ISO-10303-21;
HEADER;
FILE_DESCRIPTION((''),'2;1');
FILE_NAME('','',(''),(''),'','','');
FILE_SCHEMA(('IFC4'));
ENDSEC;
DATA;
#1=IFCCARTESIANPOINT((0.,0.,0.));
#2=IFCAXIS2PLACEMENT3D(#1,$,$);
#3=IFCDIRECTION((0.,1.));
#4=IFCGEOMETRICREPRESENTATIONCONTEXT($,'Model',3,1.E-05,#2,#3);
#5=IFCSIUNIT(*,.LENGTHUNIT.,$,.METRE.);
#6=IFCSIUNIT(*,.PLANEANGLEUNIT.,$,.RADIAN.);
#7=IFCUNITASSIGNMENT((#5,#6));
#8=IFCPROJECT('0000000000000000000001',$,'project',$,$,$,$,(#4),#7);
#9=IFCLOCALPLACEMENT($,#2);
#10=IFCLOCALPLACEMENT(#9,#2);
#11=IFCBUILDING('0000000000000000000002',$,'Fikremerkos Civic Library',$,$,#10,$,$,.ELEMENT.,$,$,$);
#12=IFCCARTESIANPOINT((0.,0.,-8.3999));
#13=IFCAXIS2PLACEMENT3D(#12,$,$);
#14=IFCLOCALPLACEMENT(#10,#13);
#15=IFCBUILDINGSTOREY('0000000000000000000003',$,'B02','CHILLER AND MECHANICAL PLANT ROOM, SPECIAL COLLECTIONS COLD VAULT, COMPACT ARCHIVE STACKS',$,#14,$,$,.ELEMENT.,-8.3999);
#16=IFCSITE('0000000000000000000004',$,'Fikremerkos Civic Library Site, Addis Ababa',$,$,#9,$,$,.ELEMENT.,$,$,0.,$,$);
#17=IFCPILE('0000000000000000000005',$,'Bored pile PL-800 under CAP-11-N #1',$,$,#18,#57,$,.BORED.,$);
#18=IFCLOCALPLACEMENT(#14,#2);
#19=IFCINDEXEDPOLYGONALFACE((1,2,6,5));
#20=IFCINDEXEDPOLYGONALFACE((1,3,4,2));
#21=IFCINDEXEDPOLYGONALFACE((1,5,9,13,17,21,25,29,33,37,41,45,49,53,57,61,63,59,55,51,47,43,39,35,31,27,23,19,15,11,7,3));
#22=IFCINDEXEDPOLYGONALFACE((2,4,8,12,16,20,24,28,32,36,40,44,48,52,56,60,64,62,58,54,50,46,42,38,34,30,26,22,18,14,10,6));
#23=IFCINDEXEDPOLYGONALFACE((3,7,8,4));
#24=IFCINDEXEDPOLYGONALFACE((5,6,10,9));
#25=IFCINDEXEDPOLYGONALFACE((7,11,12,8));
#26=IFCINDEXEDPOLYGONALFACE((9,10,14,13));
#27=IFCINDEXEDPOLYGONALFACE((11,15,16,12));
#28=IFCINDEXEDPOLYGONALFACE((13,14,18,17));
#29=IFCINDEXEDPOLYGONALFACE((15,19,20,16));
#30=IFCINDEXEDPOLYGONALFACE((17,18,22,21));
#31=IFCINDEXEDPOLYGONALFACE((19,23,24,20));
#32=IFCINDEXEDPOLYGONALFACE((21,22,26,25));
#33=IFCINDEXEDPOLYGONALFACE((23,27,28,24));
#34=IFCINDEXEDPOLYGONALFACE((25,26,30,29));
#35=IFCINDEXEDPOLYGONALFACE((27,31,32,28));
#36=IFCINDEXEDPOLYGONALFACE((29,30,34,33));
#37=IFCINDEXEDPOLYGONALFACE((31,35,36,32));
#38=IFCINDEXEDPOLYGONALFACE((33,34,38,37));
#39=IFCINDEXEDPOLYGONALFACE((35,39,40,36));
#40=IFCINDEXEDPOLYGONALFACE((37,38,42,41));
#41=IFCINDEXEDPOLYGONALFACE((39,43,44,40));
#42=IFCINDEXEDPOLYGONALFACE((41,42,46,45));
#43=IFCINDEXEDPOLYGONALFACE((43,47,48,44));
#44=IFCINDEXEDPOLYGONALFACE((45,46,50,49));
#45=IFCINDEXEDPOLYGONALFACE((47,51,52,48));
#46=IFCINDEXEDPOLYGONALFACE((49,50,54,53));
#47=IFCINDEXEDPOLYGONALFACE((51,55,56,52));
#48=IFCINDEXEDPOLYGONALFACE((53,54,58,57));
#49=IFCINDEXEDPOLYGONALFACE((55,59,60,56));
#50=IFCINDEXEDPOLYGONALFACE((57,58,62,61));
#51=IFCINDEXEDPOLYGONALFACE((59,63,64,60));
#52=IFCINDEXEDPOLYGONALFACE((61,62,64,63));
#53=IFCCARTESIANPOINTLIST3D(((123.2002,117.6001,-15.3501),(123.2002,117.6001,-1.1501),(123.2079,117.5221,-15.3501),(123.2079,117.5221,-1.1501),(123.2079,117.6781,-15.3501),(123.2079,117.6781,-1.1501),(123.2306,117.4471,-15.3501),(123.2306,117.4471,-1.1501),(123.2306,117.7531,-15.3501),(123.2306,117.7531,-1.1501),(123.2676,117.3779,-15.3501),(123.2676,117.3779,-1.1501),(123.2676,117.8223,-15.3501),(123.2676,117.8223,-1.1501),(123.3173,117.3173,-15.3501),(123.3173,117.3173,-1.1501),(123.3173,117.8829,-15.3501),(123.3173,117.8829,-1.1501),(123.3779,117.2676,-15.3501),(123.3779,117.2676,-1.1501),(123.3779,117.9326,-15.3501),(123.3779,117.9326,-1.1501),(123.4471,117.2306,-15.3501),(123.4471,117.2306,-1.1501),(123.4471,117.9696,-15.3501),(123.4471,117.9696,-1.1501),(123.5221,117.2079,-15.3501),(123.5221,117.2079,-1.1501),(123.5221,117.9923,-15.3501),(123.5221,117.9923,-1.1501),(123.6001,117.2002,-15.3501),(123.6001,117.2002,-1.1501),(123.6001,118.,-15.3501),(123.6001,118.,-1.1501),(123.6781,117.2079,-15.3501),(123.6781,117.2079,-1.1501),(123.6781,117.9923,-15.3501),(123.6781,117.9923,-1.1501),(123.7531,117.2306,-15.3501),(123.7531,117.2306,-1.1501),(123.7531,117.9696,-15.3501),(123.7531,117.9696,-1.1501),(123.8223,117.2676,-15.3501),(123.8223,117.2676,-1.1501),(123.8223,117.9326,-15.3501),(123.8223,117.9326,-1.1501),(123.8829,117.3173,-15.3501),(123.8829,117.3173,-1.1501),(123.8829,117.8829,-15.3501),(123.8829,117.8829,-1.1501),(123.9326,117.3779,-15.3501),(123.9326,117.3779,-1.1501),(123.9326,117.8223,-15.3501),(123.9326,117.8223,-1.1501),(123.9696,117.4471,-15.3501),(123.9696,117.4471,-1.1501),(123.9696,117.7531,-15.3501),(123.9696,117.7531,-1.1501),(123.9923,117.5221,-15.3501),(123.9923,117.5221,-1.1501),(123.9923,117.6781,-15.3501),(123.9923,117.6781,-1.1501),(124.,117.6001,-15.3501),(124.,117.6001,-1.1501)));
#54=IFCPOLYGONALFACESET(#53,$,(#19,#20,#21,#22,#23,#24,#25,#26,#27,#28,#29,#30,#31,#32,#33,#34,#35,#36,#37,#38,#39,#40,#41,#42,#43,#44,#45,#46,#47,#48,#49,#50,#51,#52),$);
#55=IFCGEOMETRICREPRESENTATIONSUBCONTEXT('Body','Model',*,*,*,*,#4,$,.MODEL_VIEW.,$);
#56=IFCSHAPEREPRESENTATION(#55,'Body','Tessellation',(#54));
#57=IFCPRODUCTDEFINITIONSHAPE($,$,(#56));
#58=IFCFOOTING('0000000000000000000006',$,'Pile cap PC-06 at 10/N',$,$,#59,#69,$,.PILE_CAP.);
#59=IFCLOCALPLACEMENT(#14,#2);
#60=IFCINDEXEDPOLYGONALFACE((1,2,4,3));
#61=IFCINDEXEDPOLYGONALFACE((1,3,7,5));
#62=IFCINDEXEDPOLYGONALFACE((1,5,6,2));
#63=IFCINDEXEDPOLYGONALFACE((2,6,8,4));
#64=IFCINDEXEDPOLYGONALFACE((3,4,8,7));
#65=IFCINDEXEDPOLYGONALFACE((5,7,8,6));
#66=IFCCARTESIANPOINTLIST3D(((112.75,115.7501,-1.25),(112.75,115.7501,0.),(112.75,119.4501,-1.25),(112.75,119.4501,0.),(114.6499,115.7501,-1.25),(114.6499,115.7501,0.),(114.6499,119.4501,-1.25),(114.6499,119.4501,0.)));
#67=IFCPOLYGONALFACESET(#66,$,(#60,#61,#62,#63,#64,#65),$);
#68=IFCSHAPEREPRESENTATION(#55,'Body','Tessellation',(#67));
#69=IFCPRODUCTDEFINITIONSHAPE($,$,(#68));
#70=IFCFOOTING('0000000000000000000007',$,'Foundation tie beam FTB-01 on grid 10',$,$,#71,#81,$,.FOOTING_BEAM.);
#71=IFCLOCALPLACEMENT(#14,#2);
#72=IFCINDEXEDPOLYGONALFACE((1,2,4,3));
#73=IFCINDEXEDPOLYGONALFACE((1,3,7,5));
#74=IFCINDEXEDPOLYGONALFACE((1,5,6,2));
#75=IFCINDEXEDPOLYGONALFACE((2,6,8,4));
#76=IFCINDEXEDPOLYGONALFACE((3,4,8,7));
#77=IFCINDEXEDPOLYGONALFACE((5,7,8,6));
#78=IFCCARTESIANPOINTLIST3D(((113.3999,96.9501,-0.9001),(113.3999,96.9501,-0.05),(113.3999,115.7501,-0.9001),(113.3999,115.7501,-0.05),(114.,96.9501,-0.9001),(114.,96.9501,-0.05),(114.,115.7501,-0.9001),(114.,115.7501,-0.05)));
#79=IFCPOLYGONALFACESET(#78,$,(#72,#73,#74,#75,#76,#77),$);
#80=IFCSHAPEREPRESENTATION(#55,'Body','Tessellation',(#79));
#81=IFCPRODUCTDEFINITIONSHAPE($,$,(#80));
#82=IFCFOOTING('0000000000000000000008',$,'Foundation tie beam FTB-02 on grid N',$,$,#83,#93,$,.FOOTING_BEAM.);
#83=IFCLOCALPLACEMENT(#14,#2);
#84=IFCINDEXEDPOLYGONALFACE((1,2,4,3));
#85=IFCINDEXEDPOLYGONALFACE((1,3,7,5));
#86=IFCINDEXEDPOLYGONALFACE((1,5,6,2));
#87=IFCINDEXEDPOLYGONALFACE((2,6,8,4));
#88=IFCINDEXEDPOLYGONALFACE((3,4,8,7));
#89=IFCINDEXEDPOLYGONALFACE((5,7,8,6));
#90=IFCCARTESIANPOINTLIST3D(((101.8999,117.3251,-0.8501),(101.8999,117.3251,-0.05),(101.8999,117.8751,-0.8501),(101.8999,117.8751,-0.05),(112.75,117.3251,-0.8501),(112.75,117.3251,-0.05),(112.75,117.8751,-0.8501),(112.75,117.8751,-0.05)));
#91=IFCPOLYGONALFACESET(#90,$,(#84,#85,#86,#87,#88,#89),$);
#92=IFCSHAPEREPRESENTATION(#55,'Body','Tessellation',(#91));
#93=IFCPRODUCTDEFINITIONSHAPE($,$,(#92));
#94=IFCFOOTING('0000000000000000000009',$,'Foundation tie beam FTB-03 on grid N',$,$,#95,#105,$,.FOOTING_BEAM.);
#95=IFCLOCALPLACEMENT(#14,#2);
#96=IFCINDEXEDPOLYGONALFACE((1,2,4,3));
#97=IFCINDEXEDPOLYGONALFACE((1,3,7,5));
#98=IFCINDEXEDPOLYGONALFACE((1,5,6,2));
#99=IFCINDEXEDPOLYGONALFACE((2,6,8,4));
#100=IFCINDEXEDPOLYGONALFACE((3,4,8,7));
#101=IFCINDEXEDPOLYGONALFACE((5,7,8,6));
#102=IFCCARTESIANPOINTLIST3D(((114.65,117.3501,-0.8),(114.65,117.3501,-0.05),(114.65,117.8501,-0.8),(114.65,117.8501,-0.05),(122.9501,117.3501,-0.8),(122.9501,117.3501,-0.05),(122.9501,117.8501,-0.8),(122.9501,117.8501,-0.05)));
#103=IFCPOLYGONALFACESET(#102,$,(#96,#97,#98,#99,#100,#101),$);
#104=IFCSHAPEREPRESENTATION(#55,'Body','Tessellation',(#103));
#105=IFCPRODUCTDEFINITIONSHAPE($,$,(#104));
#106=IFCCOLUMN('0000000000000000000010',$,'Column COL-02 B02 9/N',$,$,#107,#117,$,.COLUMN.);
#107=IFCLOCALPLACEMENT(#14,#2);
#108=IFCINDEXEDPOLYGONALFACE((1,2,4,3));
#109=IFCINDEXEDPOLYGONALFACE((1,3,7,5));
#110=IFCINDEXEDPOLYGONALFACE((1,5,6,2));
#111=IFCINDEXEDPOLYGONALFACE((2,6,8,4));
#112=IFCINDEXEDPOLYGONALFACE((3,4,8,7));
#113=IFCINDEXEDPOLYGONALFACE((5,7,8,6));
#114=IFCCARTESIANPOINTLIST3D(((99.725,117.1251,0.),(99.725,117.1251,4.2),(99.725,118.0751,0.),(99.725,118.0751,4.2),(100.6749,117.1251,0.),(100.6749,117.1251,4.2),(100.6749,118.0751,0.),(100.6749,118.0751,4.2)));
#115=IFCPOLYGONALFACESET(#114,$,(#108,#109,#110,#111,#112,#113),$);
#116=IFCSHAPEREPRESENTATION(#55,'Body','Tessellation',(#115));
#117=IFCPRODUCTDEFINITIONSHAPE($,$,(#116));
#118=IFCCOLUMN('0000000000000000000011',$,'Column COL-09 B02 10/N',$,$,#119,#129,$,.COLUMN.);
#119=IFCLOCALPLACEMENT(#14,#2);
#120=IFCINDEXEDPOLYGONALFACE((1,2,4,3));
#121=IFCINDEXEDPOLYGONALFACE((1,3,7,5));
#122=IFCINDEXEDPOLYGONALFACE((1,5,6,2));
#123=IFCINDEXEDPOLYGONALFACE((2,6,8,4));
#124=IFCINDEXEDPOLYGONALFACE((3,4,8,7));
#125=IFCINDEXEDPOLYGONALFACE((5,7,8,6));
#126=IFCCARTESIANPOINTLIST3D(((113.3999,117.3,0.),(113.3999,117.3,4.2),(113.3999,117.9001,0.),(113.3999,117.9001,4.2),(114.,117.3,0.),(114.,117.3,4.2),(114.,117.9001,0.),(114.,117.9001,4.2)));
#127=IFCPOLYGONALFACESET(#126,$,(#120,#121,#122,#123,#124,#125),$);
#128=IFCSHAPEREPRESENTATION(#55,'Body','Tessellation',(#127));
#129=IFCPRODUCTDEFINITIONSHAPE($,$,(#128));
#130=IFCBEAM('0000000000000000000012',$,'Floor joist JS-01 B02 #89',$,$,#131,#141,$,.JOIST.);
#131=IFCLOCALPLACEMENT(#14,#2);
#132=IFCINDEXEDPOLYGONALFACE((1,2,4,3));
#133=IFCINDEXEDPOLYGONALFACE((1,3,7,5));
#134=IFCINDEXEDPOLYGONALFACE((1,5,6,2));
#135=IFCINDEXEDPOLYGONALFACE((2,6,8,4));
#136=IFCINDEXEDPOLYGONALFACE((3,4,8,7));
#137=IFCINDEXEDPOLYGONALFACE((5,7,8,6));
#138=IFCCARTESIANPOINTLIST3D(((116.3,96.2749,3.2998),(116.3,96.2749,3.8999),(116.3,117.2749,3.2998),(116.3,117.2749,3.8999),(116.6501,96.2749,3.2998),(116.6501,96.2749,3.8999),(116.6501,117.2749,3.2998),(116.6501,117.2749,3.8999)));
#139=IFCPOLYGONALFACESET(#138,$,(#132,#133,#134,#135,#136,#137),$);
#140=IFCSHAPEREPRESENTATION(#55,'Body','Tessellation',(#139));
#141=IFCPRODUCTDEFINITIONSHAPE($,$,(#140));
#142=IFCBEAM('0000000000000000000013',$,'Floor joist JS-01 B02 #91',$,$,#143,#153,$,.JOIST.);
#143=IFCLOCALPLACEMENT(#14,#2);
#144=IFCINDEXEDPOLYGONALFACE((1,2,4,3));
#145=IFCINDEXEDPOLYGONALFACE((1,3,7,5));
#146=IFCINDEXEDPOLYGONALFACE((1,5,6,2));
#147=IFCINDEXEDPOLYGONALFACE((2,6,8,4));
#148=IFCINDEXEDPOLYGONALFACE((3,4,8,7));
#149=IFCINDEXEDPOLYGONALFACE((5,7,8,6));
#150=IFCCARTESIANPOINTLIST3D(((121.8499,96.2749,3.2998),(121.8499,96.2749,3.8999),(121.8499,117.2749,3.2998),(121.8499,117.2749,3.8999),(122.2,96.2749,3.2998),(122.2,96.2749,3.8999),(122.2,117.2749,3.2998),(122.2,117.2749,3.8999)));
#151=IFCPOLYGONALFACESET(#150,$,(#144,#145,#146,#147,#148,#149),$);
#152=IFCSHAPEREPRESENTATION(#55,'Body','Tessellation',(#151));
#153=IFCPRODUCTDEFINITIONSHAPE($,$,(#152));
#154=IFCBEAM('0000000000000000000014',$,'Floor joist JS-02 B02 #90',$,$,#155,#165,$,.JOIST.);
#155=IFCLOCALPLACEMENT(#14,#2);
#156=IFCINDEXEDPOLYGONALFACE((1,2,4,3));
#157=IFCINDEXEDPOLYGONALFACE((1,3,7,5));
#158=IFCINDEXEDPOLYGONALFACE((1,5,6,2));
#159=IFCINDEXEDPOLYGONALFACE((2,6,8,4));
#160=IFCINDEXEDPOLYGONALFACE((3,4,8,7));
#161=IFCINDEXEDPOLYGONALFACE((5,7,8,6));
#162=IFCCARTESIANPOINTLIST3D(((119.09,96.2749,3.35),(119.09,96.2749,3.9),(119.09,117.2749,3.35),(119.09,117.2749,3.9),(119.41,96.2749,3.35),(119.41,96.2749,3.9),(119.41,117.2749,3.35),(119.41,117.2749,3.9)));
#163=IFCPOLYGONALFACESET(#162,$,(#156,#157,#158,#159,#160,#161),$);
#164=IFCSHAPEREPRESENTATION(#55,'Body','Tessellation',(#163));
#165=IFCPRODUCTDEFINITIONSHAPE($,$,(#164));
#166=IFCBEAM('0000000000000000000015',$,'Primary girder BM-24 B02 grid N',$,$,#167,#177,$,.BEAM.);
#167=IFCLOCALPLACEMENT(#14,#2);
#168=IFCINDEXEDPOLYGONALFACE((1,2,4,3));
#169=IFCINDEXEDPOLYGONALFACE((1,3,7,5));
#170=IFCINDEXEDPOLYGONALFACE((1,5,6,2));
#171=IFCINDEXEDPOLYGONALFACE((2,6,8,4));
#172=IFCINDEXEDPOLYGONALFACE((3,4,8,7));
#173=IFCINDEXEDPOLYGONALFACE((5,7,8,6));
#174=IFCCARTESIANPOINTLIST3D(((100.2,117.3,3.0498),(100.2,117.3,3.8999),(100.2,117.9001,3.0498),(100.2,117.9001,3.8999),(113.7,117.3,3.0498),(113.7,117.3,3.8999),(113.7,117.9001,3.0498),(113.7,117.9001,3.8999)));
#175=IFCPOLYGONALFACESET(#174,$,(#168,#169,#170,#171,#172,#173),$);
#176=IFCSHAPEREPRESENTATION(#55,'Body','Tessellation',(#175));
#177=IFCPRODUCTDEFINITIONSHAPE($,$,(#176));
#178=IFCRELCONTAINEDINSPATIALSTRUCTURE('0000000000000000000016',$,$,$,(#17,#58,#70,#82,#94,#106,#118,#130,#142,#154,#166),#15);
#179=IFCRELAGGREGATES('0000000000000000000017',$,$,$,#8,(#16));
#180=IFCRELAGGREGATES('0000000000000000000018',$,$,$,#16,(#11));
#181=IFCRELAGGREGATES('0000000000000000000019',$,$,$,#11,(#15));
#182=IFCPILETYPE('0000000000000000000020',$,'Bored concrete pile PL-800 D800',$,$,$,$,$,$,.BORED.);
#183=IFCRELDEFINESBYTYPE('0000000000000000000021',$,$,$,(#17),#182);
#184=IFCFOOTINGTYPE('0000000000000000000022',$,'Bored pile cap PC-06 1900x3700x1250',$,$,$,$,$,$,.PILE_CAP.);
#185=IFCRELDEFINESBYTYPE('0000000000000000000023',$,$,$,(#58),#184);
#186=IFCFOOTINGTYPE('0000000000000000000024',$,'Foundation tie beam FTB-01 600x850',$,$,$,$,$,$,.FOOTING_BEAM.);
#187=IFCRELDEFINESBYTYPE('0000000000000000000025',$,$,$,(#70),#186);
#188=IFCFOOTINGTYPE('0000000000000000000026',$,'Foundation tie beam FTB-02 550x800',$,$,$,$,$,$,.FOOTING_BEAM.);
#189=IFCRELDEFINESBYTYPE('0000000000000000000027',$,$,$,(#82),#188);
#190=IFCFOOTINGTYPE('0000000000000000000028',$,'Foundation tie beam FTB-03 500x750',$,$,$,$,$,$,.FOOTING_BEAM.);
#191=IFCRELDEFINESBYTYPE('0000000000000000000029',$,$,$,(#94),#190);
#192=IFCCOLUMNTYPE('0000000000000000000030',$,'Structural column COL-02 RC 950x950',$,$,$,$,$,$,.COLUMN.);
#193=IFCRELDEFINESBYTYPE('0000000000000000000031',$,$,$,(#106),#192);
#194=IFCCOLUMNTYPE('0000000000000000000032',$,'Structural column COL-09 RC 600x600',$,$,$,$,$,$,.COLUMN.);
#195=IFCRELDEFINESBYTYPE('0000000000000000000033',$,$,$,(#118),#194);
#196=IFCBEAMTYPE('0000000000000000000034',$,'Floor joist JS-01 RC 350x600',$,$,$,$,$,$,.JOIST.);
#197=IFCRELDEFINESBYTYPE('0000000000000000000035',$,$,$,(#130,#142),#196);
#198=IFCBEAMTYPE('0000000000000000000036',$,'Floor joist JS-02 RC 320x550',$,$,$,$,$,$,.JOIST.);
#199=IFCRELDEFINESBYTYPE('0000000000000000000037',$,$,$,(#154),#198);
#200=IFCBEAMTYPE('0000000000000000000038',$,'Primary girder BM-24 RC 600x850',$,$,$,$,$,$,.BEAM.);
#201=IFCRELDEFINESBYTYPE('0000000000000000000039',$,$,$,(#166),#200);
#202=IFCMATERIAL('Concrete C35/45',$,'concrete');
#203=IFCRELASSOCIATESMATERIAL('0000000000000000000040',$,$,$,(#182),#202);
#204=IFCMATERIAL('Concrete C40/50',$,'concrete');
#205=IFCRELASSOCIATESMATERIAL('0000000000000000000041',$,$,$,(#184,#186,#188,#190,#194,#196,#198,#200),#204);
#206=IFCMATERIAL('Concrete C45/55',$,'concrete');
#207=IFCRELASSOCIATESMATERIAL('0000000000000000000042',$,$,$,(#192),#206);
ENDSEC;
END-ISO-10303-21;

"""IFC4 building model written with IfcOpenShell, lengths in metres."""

from ifc_helpers import new_model, si_unit, direction, frame, origin, origin_2d, place, context, subcontext, project, spatial, rectangle, circle, extrude, material, material_profile, profile_set, type_object, element, save


model = new_model("IFC4")

# Units and contexts
model_context = context("Model", 3, precision=1e-05, world=origin(), true_north=direction((0.0, 1.0)))
body_context = subcontext(model_context, "Body", "Model", "MODEL_VIEW")
ifc_project = project(units=[si_unit("LENGTHUNIT", "METRE"), si_unit("PLANEANGLEUNIT", "RADIAN")], contexts=[model_context])

# Site, building, storey
site_placement = place(None, origin())
site = spatial("IfcSite", under=ifc_project, at=site_placement, Name="Fikremerkos Civic Library Site, Addis Ababa", CompositionType="ELEMENT", RefElevation=0.0)
building_placement = place(site_placement, origin())
building = spatial("IfcBuilding", under=site, at=building_placement, Name="Fikremerkos Civic Library", CompositionType="ELEMENT")
storey_placement = place(building_placement, frame((0.0, 0.0, -8.3999)))
storey = spatial("IfcBuildingStorey", under=building, at=storey_placement, Name="B02", Description="CHILLER AND MECHANICAL PLANT ROOM, SPECIAL COLLECTIONS COLD VAULT, COMPACT ARCHIVE STACKS", CompositionType="ELEMENT", Elevation=-8.3999)

# Pile
ifc_material_1 = material(Name="Concrete C35/45", Category="concrete")
ifc_material_profile_1 = material_profile(ifc_material_1, circle(Radius=0.3999, at=origin_2d()), Name="BORED PILE 800")
ifc_profile_set_1 = profile_set([ifc_material_profile_1], Name="Concrete C35/45")
pile_type_1 = type_object("IfcPileType", Name="Bored concrete pile PL-800 D800", PredefinedType="BORED", material=ifc_profile_set_1)
for number, where, z_axis, x_axis, name in (
    (1, (123.6001, 117.6001, -1.1501), (0.0, 0.0, -1.0), (1.0, 0.0, 0.0), "Bored pile PL-800 under CAP-11-N #1"),
):
    element("IfcPile", number, at=place(storey_placement, frame(where, z_axis=z_axis, x_axis=x_axis)), inside=storey, type_object=pile_type_1, Name=name, PredefinedType="BORED", context=body_context, shape_type="SweptSolid", body=[
        extrude(circle(Radius=0.3999, at=origin_2d()), origin(), (0.0, 0.0, 1.0), 14.2),
    ])

# Footings
ifc_material_2 = material(Name="Concrete C40/50", Category="concrete")
footing_type_1 = type_object("IfcFootingType", Name="Bored pile cap PC-06 1900x3700x1250", PredefinedType="PILE_CAP", material=ifc_material_2)
footing_1_placement = place(storey_placement, frame((113.7, 117.6001, -1.25), z_axis=(0.0, 0.0, 1.0), x_axis=(1.0, 0.0, 0.0)))
element("IfcFooting", 2, at=footing_1_placement, inside=storey, type_object=footing_type_1, Name="Pile cap PC-06 at 10/N", PredefinedType="PILE_CAP", context=body_context, shape_type="SweptSolid", body=[
    extrude(rectangle(XDim=1.8999, YDim=3.7, at=origin_2d()), origin(), (0.0, 0.0, 1.0), 1.25),
])
footing_type_2 = type_object("IfcFootingType", Name="Foundation tie beam FTB-01 600x850", PredefinedType="FOOTING_BEAM", material=ifc_material_2)
footing_2_placement = place(storey_placement, frame((113.7, 106.3501, -0.9001), z_axis=(0.0, 0.0, 1.0), x_axis=(0.0, 1.0, 0.0)))
element("IfcFooting", 3, at=footing_2_placement, inside=storey, type_object=footing_type_2, Name="Foundation tie beam FTB-01 on grid 10", PredefinedType="FOOTING_BEAM", context=body_context, shape_type="SweptSolid", body=[
    extrude(rectangle(XDim=18.8, YDim=0.6001, at=origin_2d()), origin(), (0.0, 0.0, 1.0), 0.8501),
])
footing_type_3 = type_object("IfcFootingType", Name="Foundation tie beam FTB-02 550x800", PredefinedType="FOOTING_BEAM", material=ifc_material_2)
footing_3_placement = place(storey_placement, frame((107.325, 117.6001, -0.8501), z_axis=(0.0, 0.0, 1.0), x_axis=(1.0, 0.0, 0.0)))
element("IfcFooting", 4, at=footing_3_placement, inside=storey, type_object=footing_type_3, Name="Foundation tie beam FTB-02 on grid N", PredefinedType="FOOTING_BEAM", context=body_context, shape_type="SweptSolid", body=[
    extrude(rectangle(XDim=10.8501, YDim=0.55, at=origin_2d()), origin(), (0.0, 0.0, 1.0), 0.8),
])
footing_type_4 = type_object("IfcFootingType", Name="Foundation tie beam FTB-03 500x750", PredefinedType="FOOTING_BEAM", material=ifc_material_2)
footing_4_placement = place(storey_placement, frame((118.8, 117.6001, -0.8), z_axis=(0.0, 0.0, 1.0), x_axis=(1.0, 0.0, 0.0)))
element("IfcFooting", 5, at=footing_4_placement, inside=storey, type_object=footing_type_4, Name="Foundation tie beam FTB-03 on grid N", PredefinedType="FOOTING_BEAM", context=body_context, shape_type="SweptSolid", body=[
    extrude(rectangle(XDim=8.3, YDim=0.5, at=origin_2d()), origin(), (0.0, 0.0, 1.0), 0.75),
])

# Columns
ifc_material_3 = material(Name="Concrete C45/55", Category="concrete")
ifc_material_profile_2 = material_profile(ifc_material_3, rectangle(XDim=0.95, YDim=0.95, at=origin_2d()), Name="RC 950x950")
ifc_profile_set_2 = profile_set([ifc_material_profile_2], Name="Concrete C45/55")
column_type_1 = type_object("IfcColumnType", Name="Structural column COL-02 RC 950x950", PredefinedType="COLUMN", material=ifc_profile_set_2)
column_1_placement = place(storey_placement, frame((100.2, 117.6001, 0.0), z_axis=(0.0, 0.0, 1.0), x_axis=(1.0, 0.0, 0.0)))
element("IfcColumn", 6, at=column_1_placement, inside=storey, type_object=column_type_1, Name="Column COL-02 B02 9/N", PredefinedType="COLUMN", context=body_context, shape_type="SweptSolid", body=[
    extrude(rectangle(XDim=0.95, YDim=0.95, at=origin_2d()), origin(), (0.0, 0.0, 1.0), 4.2),
])
ifc_material_profile_3 = material_profile(ifc_material_2, rectangle(XDim=0.6001, YDim=0.6001, at=origin_2d()), Name="RC 600x600")
ifc_profile_set_3 = profile_set([ifc_material_profile_3], Name="Concrete C40/50")
column_type_2 = type_object("IfcColumnType", Name="Structural column COL-09 RC 600x600", PredefinedType="COLUMN", material=ifc_profile_set_3)
column_2_placement = place(storey_placement, frame((113.7, 117.6001, 0.0), z_axis=(0.0, 0.0, 1.0), x_axis=(1.0, 0.0, 0.0)))
element("IfcColumn", 7, at=column_2_placement, inside=storey, type_object=column_type_2, Name="Column COL-09 B02 10/N", PredefinedType="COLUMN", context=body_context, shape_type="SweptSolid", body=[
    extrude(rectangle(XDim=0.6001, YDim=0.6001, at=origin_2d()), origin(), (0.0, 0.0, 1.0), 4.2),
])

# Beams
ifc_material_profile_4 = material_profile(ifc_material_2, rectangle(XDim=0.3501, YDim=0.6001, at=origin_2d()), Name="RC 350x600")
ifc_profile_set_4 = profile_set([ifc_material_profile_4], Name="Concrete C40/50")
beam_type_1 = type_object("IfcBeamType", Name="Floor joist JS-01 RC 350x600", PredefinedType="JOIST", material=ifc_profile_set_4)
for number, where, z_axis, x_axis, name in (
    (8, (116.4751, 96.2749, 3.5999), (0.0, 1.0, 0.0), (-1.0, 0.0, 0.0), "Floor joist JS-01 B02 #89"),
    (9, (122.0249, 96.2749, 3.5999), (0.0, 1.0, 0.0), (-1.0, 0.0, 0.0), "Floor joist JS-01 B02 #91"),
):
    element("IfcBeam", number, at=place(storey_placement, frame(where, z_axis=z_axis, x_axis=x_axis)), inside=storey, type_object=beam_type_1, Name=name, PredefinedType="JOIST", context=body_context, shape_type="SweptSolid", body=[
        extrude(rectangle(XDim=0.3501, YDim=0.6001, at=origin_2d()), origin(), (0.0, 0.0, 1.0), 21.0),
    ])
ifc_material_profile_5 = material_profile(ifc_material_2, rectangle(XDim=0.3201, YDim=0.55, at=origin_2d()), Name="RC 320x550")
ifc_profile_set_5 = profile_set([ifc_material_profile_5], Name="Concrete C40/50")
beam_type_2 = type_object("IfcBeamType", Name="Floor joist JS-02 RC 320x550", PredefinedType="JOIST", material=ifc_profile_set_5)
beam_1_placement = place(storey_placement, frame((119.25, 96.2749, 3.625), z_axis=(0.0, 1.0, 0.0), x_axis=(-1.0, 0.0, 0.0)))
element("IfcBeam", 10, at=beam_1_placement, inside=storey, type_object=beam_type_2, Name="Floor joist JS-02 B02 #90", PredefinedType="JOIST", context=body_context, shape_type="SweptSolid", body=[
    extrude(rectangle(XDim=0.3201, YDim=0.55, at=origin_2d()), origin(), (0.0, 0.0, 1.0), 21.0),
])
ifc_material_profile_6 = material_profile(ifc_material_2, rectangle(XDim=0.6001, YDim=0.8501, at=origin_2d()), Name="RC 600x850")
ifc_profile_set_6 = profile_set([ifc_material_profile_6], Name="Concrete C40/50")
beam_type_3 = type_object("IfcBeamType", Name="Primary girder BM-24 RC 600x850", PredefinedType="BEAM", material=ifc_profile_set_6)
beam_2_placement = place(storey_placement, frame((100.2, 117.6001, 3.4749), z_axis=(1.0, 0.0, 0.0), x_axis=(0.0, 1.0, 0.0)))
element("IfcBeam", 11, at=beam_2_placement, inside=storey, type_object=beam_type_3, Name="Primary girder BM-24 B02 grid N", PredefinedType="BEAM", context=body_context, shape_type="SweptSolid", body=[
    extrude(rectangle(XDim=0.6001, YDim=0.8501, at=origin_2d()), origin(), (0.0, 0.0, 1.0), 13.5),
])

save(model, "model.ifc")
